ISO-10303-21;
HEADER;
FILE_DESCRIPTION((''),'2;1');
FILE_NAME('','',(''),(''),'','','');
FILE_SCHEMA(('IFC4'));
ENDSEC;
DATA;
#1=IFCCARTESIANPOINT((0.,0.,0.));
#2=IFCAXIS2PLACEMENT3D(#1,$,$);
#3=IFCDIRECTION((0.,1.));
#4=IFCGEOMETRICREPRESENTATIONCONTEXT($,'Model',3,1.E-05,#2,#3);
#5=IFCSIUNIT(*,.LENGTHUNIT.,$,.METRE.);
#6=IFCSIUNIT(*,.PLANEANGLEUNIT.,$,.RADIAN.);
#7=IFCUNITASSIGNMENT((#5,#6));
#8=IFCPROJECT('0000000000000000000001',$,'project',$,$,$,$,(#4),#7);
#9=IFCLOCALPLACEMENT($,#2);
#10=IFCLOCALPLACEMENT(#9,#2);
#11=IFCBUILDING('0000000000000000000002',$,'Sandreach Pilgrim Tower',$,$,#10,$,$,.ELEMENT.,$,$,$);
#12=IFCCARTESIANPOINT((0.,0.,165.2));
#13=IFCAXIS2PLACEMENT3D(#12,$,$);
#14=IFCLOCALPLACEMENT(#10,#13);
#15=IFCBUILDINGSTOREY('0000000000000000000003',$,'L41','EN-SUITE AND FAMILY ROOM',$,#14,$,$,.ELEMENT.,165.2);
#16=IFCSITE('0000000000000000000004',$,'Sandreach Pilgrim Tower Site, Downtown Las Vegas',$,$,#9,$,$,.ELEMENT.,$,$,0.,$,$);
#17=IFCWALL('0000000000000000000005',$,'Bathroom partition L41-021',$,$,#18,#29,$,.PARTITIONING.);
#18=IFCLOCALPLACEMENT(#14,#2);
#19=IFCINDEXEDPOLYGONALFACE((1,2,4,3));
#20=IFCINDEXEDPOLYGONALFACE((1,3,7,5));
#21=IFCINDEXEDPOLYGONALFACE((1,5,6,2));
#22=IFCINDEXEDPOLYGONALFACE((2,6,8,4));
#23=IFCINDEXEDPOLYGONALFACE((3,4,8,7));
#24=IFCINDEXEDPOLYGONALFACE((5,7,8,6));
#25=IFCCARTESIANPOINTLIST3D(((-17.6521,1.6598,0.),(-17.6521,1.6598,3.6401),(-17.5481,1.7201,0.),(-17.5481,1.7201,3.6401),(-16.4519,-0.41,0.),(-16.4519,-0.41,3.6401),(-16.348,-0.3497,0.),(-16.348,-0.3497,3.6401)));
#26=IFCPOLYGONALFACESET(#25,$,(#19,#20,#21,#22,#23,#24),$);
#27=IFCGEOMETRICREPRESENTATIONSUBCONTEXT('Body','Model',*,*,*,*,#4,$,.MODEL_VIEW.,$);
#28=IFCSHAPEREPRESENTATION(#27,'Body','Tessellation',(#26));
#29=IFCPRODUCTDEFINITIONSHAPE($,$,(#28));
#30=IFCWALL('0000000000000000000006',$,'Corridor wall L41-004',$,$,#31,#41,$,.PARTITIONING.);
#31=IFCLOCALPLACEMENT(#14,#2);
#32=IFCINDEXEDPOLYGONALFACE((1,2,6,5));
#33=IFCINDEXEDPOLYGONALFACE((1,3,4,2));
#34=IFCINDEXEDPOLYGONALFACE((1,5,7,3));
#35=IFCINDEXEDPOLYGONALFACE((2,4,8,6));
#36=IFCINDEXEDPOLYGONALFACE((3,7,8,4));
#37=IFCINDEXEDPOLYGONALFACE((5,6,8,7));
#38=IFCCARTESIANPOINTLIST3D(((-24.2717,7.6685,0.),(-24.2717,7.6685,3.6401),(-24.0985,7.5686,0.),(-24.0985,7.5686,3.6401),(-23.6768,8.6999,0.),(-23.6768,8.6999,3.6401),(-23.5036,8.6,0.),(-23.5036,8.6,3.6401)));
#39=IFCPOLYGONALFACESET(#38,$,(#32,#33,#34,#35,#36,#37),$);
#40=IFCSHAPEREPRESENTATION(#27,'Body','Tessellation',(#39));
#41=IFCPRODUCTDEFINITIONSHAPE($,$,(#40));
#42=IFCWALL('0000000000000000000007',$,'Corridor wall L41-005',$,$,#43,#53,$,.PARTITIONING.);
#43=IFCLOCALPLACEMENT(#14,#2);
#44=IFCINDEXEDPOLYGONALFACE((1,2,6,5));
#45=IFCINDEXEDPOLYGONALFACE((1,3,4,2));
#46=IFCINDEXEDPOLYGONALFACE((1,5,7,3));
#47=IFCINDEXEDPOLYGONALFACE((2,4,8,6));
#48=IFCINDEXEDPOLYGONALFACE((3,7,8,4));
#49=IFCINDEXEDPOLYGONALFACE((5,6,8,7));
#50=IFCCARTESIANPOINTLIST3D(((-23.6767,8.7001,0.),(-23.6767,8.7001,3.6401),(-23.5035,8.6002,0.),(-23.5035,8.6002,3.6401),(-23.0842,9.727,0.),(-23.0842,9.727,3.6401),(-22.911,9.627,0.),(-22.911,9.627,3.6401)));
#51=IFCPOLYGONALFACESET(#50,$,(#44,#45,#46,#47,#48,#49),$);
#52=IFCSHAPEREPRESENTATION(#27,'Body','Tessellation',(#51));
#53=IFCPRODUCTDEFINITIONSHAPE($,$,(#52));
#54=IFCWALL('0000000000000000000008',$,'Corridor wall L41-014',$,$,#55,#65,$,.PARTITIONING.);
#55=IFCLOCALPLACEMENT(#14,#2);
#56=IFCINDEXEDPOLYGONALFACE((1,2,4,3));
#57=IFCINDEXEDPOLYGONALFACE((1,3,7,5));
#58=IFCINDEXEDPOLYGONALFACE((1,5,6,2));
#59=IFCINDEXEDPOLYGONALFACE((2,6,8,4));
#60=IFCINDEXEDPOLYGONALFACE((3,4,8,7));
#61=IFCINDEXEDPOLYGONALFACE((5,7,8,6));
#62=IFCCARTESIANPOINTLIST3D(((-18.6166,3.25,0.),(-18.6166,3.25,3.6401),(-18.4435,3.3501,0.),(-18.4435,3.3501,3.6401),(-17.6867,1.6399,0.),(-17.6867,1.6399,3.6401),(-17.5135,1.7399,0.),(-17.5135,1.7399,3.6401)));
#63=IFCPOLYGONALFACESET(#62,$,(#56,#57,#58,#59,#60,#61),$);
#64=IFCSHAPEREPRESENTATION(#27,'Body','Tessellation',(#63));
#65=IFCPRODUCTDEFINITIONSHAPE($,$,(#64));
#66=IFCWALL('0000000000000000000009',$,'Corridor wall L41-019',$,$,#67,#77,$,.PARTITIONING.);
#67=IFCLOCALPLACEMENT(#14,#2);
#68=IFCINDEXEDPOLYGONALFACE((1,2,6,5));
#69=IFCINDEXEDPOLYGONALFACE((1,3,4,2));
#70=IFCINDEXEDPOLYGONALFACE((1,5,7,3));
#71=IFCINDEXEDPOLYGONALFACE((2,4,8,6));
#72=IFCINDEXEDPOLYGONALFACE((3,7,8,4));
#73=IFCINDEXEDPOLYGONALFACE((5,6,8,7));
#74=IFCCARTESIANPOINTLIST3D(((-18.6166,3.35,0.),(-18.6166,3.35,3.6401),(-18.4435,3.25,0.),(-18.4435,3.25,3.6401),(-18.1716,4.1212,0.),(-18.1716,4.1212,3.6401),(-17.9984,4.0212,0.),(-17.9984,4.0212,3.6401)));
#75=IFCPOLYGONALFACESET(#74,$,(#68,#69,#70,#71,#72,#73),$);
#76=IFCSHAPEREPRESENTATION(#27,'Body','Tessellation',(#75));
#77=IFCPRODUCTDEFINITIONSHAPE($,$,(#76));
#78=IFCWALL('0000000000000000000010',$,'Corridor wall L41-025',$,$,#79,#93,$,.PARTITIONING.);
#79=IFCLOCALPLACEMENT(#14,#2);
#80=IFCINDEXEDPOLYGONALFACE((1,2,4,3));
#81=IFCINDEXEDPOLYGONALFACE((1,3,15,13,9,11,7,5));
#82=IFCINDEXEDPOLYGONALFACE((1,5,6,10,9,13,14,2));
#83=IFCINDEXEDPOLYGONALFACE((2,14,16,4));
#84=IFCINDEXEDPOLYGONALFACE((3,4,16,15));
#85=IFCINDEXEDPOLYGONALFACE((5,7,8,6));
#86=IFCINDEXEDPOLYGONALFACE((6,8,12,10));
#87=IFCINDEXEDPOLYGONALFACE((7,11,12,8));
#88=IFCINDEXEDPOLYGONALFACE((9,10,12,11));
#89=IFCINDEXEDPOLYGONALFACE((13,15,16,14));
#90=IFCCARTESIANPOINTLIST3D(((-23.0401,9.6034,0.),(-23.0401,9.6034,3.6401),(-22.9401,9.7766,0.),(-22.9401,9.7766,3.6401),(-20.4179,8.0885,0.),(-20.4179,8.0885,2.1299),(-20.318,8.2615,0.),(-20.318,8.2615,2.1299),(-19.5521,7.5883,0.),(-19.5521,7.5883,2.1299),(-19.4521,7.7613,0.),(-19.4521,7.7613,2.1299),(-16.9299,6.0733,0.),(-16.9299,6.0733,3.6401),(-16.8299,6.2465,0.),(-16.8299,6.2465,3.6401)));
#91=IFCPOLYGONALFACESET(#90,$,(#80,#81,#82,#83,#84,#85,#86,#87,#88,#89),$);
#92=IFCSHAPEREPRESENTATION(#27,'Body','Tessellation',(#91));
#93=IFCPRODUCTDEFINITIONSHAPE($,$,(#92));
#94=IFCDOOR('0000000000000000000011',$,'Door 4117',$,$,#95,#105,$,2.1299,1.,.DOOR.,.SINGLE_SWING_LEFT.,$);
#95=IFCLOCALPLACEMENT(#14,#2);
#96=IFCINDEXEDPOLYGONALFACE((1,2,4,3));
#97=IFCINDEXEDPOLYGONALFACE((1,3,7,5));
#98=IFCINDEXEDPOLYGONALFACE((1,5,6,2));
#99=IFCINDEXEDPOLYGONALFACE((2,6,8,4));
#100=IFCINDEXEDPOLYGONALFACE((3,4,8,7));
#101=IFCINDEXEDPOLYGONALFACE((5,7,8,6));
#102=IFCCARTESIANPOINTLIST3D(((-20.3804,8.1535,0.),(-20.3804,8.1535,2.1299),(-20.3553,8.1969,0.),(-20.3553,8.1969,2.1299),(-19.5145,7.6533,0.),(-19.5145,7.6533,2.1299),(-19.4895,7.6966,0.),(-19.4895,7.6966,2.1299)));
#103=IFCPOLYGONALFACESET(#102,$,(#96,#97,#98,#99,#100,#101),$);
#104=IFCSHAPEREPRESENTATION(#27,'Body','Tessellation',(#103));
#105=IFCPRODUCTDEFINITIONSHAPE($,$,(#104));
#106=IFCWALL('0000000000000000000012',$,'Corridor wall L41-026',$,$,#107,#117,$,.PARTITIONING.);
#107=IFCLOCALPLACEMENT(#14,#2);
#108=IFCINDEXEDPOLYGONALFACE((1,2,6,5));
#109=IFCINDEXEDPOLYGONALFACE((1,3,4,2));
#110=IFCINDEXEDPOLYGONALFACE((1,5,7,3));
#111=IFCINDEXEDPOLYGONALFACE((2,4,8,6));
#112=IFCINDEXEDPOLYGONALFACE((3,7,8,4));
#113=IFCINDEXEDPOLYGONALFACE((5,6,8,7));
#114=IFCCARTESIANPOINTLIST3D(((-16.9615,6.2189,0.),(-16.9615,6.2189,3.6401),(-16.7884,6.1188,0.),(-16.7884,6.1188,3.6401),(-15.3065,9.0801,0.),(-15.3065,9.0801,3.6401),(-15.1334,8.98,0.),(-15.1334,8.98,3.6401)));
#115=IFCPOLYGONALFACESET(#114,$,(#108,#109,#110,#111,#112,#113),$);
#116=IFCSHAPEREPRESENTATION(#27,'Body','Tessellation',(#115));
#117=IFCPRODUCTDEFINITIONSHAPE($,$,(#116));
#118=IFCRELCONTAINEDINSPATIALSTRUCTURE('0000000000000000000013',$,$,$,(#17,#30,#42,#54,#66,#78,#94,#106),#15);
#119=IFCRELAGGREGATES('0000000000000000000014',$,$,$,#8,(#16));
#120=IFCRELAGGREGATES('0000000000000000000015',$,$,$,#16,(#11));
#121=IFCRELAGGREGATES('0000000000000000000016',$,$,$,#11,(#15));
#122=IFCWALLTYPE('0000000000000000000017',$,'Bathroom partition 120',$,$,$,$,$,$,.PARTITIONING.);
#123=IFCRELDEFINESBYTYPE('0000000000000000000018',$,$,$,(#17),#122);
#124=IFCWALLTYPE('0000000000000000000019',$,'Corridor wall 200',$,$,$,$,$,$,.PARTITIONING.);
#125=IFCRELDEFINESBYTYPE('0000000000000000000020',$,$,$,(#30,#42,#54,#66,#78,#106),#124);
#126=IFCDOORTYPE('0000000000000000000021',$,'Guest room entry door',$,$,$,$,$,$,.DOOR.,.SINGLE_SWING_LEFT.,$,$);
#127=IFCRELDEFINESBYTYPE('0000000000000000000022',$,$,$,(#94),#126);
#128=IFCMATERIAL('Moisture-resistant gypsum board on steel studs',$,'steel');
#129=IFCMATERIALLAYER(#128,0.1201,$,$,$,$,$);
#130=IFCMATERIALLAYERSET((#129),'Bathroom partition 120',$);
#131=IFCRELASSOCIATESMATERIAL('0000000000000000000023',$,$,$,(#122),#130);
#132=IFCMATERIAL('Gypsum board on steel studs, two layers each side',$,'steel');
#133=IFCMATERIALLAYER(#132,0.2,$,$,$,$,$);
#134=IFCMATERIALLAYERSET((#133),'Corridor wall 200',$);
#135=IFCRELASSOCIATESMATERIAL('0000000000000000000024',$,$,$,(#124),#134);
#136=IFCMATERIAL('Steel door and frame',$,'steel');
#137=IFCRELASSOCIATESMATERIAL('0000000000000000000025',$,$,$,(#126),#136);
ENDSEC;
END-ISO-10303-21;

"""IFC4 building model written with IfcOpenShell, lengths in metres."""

from ifc_helpers import new_model, si_unit, direction, frame, frame_2d, origin, place, context, subcontext, project, spatial, rectangle, extrude, material, layer, layer_set, type_object, element, fill, save


model = new_model("IFC4")

# Units and contexts
model_context = context("Model", 3, precision=1e-05, world=origin(), true_north=direction((0.0, 1.0)))
body_context = subcontext(model_context, "Body", "Model", "MODEL_VIEW")
ifc_project = project(units=[si_unit("LENGTHUNIT", "METRE"), si_unit("PLANEANGLEUNIT", "RADIAN")], contexts=[model_context])

# Site, building, storey
site_placement = place(None, origin())
site = spatial("IfcSite", under=ifc_project, at=site_placement, Name="Sandreach Pilgrim Tower Site, Downtown Las Vegas", CompositionType="ELEMENT", RefElevation=0.0)
building_placement = place(site_placement, origin())
building = spatial("IfcBuilding", under=site, at=building_placement, Name="Sandreach Pilgrim Tower", CompositionType="ELEMENT")
storey_placement = place(building_placement, frame((0.0, 0.0, 165.2)))
storey = spatial("IfcBuildingStorey", under=building, at=storey_placement, Name="L41", Description="EN-SUITE AND FAMILY ROOM", CompositionType="ELEMENT", Elevation=165.2)

# Shared definitions
ifc_material_1 = material(Name="Moisture-resistant gypsum board on steel studs", Category="steel")
ifc_layer_1 = layer(ifc_material_1, 0.1201)
ifc_layer_set_1 = layer_set([ifc_layer_1], Name="Bathroom partition 120")
wall_type_1 = type_object("IfcWallType", Name="Bathroom partition 120", PredefinedType="PARTITIONING", material=ifc_layer_set_1)

# Wall
wall_1_placement = place(storey_placement, frame((-17.6001, 1.6899, 0.0), z_axis=(0.0, 0.0, 1.0), x_axis=(0.501623, -0.865086, 0.0)))
element("IfcWall", 1, at=wall_1_placement, inside=storey, type_object=wall_type_1, Name="Bathroom partition L41-021", PredefinedType="PARTITIONING", context=body_context, shape_type="SweptSolid", body=[
    extrude(rectangle(XDim=2.3926, YDim=0.1201, at=frame_2d((1.1963, 0.0))), origin(), (0.0, 0.0, 1.0), 3.6401),
])

# Shared definitions
ifc_material_2 = material(Name="Gypsum board on steel studs, two layers each side", Category="steel")
ifc_layer_2 = layer(ifc_material_2, 0.2)
ifc_layer_set_2 = layer_set([ifc_layer_2], Name="Corridor wall 200")
wall_type_2 = type_object("IfcWallType", Name="Corridor wall 200", PredefinedType="PARTITIONING", material=ifc_layer_set_2)
ifc_material_3 = material(Name="Steel door and frame", Category="steel")
door_type_1 = type_object("IfcDoorType", Name="Guest room entry door", OperationType="SINGLE_SWING_LEFT", PredefinedType="DOOR", material=ifc_material_3)

# Walls
wall_2_placement = place(storey_placement, frame((-24.1851, 7.6187, 0.0), z_axis=(0.0, 0.0, 1.0), x_axis=(0.499646, 0.86623, 0.0)))
element("IfcWall", 2, at=wall_2_placement, inside=storey, type_object=wall_type_2, Name="Corridor wall L41-004", PredefinedType="PARTITIONING", context=body_context, shape_type="SweptSolid", body=[
    extrude(rectangle(XDim=1.1907, YDim=0.2, at=frame_2d((0.5952, 0.0))), origin(), (0.0, 0.0, 1.0), 3.6401),
])
wall_3_placement = place(storey_placement, frame((-23.5901, 8.6501, 0.0), z_axis=(0.0, 0.0, 1.0), x_axis=(0.499794, 0.866144, 0.0)))
element("IfcWall", 3, at=wall_3_placement, inside=storey, type_object=wall_type_2, Name="Corridor wall L41-005", PredefinedType="PARTITIONING", context=body_context, shape_type="SweptSolid", body=[
    extrude(rectangle(XDim=1.1855, YDim=0.2, at=frame_2d((0.5928, 0.0))), origin(), (0.0, 0.0, 1.0), 3.6401),
])
wall_4_placement = place(storey_placement, frame((-18.53, 3.3, 0.0), z_axis=(0.0, 0.0, 1.0), x_axis=(0.500135, -0.865947, 0.0)))
element("IfcWall", 4, at=wall_4_placement, inside=storey, type_object=wall_type_2, Name="Corridor wall L41-014", PredefinedType="PARTITIONING", context=body_context, shape_type="SweptSolid", body=[
    extrude(rectangle(XDim=1.8594, YDim=0.2, at=frame_2d((0.9297, 0.0))), origin(), (0.0, 0.0, 1.0), 3.6401),
])
wall_5_placement = place(storey_placement, frame((-18.085, 4.0713, 0.0), z_axis=(0.0, 0.0, 1.0), x_axis=(-0.499825, -0.866126, 0.0)))
element("IfcWall", 5, at=wall_5_placement, inside=storey, type_object=wall_type_2, Name="Corridor wall L41-019", PredefinedType="PARTITIONING", context=body_context, shape_type="SweptSolid", body=[
    extrude(rectangle(XDim=0.8904, YDim=0.2, at=frame_2d((0.4453, 0.0))), origin(), (0.0, 0.0, 1.0), 3.6401),
])

# Wall, opening, door
wall_6_placement = place(storey_placement, frame((-16.8799, 6.1599, 0.0), z_axis=(0.0, 0.0, 1.0), x_axis=(-0.865881, 0.500251, 0.0)))
wall_6 = element("IfcWall", 6, at=wall_6_placement, inside=storey, type_object=wall_type_2, Name="Corridor wall L41-025", PredefinedType="PARTITIONING", context=body_context, shape_type="SweptSolid", body=[
    extrude(rectangle(XDim=7.0566, YDim=0.2, at=frame_2d((3.5283, 0.0))), origin(), (0.0, 0.0, 1.0), 3.6401),
])
opening_1_placement = place(wall_6_placement, frame((3.0283, 0.0, 0.0)))
opening_1 = element("IfcOpeningElement", 7, at=opening_1_placement, cuts=wall_6, PredefinedType="OPENING", context=body_context, shape_type="SweptSolid", body=[
    extrude(rectangle(XDim=1.0, YDim=2.1299, at=frame_2d((0.5, 1.0649))), frame((0.0, 0.1001, 0.0), z_axis=(0.0, -1.0, 0.0), x_axis=(1.0, 0.0, 0.0)), (0.0, 0.0, 1.0), 0.2),
])
door_1_placement = place(opening_1_placement, origin())
door_1 = element("IfcDoor", 8, at=door_1_placement, inside=storey, type_object=door_type_1, Name="Door 4117", OperationType="SINGLE_SWING_LEFT", OverallHeight=2.1299, OverallWidth=1.0, PredefinedType="DOOR", context=body_context, shape_type="SweptSolid", body=[
    extrude(rectangle(XDim=1.0, YDim=2.1299, at=frame_2d((0.5, 1.0649))), frame((0.0, 0.0249, 0.0), z_axis=(0.0, -1.0, 0.0), x_axis=(1.0, 0.0, 0.0)), (0.0, 0.0, 1.0), 0.05),
])
fill(opening_1, door_1)

# Wall
wall_7_placement = place(storey_placement, frame((-16.875, 6.1687, 0.0), z_axis=(0.0, 0.0, 1.0), x_axis=(0.50069, 0.865627, 0.0)))
element("IfcWall", 9, at=wall_7_placement, inside=storey, type_object=wall_type_2, Name="Corridor wall L41-026", PredefinedType="PARTITIONING", context=body_context, shape_type="SweptSolid", body=[
    extrude(rectangle(XDim=3.3054, YDim=0.2, at=frame_2d((1.6528, 0.0))), origin(), (0.0, 0.0, 1.0), 3.6401),
])

save(model, "model.ifc")
